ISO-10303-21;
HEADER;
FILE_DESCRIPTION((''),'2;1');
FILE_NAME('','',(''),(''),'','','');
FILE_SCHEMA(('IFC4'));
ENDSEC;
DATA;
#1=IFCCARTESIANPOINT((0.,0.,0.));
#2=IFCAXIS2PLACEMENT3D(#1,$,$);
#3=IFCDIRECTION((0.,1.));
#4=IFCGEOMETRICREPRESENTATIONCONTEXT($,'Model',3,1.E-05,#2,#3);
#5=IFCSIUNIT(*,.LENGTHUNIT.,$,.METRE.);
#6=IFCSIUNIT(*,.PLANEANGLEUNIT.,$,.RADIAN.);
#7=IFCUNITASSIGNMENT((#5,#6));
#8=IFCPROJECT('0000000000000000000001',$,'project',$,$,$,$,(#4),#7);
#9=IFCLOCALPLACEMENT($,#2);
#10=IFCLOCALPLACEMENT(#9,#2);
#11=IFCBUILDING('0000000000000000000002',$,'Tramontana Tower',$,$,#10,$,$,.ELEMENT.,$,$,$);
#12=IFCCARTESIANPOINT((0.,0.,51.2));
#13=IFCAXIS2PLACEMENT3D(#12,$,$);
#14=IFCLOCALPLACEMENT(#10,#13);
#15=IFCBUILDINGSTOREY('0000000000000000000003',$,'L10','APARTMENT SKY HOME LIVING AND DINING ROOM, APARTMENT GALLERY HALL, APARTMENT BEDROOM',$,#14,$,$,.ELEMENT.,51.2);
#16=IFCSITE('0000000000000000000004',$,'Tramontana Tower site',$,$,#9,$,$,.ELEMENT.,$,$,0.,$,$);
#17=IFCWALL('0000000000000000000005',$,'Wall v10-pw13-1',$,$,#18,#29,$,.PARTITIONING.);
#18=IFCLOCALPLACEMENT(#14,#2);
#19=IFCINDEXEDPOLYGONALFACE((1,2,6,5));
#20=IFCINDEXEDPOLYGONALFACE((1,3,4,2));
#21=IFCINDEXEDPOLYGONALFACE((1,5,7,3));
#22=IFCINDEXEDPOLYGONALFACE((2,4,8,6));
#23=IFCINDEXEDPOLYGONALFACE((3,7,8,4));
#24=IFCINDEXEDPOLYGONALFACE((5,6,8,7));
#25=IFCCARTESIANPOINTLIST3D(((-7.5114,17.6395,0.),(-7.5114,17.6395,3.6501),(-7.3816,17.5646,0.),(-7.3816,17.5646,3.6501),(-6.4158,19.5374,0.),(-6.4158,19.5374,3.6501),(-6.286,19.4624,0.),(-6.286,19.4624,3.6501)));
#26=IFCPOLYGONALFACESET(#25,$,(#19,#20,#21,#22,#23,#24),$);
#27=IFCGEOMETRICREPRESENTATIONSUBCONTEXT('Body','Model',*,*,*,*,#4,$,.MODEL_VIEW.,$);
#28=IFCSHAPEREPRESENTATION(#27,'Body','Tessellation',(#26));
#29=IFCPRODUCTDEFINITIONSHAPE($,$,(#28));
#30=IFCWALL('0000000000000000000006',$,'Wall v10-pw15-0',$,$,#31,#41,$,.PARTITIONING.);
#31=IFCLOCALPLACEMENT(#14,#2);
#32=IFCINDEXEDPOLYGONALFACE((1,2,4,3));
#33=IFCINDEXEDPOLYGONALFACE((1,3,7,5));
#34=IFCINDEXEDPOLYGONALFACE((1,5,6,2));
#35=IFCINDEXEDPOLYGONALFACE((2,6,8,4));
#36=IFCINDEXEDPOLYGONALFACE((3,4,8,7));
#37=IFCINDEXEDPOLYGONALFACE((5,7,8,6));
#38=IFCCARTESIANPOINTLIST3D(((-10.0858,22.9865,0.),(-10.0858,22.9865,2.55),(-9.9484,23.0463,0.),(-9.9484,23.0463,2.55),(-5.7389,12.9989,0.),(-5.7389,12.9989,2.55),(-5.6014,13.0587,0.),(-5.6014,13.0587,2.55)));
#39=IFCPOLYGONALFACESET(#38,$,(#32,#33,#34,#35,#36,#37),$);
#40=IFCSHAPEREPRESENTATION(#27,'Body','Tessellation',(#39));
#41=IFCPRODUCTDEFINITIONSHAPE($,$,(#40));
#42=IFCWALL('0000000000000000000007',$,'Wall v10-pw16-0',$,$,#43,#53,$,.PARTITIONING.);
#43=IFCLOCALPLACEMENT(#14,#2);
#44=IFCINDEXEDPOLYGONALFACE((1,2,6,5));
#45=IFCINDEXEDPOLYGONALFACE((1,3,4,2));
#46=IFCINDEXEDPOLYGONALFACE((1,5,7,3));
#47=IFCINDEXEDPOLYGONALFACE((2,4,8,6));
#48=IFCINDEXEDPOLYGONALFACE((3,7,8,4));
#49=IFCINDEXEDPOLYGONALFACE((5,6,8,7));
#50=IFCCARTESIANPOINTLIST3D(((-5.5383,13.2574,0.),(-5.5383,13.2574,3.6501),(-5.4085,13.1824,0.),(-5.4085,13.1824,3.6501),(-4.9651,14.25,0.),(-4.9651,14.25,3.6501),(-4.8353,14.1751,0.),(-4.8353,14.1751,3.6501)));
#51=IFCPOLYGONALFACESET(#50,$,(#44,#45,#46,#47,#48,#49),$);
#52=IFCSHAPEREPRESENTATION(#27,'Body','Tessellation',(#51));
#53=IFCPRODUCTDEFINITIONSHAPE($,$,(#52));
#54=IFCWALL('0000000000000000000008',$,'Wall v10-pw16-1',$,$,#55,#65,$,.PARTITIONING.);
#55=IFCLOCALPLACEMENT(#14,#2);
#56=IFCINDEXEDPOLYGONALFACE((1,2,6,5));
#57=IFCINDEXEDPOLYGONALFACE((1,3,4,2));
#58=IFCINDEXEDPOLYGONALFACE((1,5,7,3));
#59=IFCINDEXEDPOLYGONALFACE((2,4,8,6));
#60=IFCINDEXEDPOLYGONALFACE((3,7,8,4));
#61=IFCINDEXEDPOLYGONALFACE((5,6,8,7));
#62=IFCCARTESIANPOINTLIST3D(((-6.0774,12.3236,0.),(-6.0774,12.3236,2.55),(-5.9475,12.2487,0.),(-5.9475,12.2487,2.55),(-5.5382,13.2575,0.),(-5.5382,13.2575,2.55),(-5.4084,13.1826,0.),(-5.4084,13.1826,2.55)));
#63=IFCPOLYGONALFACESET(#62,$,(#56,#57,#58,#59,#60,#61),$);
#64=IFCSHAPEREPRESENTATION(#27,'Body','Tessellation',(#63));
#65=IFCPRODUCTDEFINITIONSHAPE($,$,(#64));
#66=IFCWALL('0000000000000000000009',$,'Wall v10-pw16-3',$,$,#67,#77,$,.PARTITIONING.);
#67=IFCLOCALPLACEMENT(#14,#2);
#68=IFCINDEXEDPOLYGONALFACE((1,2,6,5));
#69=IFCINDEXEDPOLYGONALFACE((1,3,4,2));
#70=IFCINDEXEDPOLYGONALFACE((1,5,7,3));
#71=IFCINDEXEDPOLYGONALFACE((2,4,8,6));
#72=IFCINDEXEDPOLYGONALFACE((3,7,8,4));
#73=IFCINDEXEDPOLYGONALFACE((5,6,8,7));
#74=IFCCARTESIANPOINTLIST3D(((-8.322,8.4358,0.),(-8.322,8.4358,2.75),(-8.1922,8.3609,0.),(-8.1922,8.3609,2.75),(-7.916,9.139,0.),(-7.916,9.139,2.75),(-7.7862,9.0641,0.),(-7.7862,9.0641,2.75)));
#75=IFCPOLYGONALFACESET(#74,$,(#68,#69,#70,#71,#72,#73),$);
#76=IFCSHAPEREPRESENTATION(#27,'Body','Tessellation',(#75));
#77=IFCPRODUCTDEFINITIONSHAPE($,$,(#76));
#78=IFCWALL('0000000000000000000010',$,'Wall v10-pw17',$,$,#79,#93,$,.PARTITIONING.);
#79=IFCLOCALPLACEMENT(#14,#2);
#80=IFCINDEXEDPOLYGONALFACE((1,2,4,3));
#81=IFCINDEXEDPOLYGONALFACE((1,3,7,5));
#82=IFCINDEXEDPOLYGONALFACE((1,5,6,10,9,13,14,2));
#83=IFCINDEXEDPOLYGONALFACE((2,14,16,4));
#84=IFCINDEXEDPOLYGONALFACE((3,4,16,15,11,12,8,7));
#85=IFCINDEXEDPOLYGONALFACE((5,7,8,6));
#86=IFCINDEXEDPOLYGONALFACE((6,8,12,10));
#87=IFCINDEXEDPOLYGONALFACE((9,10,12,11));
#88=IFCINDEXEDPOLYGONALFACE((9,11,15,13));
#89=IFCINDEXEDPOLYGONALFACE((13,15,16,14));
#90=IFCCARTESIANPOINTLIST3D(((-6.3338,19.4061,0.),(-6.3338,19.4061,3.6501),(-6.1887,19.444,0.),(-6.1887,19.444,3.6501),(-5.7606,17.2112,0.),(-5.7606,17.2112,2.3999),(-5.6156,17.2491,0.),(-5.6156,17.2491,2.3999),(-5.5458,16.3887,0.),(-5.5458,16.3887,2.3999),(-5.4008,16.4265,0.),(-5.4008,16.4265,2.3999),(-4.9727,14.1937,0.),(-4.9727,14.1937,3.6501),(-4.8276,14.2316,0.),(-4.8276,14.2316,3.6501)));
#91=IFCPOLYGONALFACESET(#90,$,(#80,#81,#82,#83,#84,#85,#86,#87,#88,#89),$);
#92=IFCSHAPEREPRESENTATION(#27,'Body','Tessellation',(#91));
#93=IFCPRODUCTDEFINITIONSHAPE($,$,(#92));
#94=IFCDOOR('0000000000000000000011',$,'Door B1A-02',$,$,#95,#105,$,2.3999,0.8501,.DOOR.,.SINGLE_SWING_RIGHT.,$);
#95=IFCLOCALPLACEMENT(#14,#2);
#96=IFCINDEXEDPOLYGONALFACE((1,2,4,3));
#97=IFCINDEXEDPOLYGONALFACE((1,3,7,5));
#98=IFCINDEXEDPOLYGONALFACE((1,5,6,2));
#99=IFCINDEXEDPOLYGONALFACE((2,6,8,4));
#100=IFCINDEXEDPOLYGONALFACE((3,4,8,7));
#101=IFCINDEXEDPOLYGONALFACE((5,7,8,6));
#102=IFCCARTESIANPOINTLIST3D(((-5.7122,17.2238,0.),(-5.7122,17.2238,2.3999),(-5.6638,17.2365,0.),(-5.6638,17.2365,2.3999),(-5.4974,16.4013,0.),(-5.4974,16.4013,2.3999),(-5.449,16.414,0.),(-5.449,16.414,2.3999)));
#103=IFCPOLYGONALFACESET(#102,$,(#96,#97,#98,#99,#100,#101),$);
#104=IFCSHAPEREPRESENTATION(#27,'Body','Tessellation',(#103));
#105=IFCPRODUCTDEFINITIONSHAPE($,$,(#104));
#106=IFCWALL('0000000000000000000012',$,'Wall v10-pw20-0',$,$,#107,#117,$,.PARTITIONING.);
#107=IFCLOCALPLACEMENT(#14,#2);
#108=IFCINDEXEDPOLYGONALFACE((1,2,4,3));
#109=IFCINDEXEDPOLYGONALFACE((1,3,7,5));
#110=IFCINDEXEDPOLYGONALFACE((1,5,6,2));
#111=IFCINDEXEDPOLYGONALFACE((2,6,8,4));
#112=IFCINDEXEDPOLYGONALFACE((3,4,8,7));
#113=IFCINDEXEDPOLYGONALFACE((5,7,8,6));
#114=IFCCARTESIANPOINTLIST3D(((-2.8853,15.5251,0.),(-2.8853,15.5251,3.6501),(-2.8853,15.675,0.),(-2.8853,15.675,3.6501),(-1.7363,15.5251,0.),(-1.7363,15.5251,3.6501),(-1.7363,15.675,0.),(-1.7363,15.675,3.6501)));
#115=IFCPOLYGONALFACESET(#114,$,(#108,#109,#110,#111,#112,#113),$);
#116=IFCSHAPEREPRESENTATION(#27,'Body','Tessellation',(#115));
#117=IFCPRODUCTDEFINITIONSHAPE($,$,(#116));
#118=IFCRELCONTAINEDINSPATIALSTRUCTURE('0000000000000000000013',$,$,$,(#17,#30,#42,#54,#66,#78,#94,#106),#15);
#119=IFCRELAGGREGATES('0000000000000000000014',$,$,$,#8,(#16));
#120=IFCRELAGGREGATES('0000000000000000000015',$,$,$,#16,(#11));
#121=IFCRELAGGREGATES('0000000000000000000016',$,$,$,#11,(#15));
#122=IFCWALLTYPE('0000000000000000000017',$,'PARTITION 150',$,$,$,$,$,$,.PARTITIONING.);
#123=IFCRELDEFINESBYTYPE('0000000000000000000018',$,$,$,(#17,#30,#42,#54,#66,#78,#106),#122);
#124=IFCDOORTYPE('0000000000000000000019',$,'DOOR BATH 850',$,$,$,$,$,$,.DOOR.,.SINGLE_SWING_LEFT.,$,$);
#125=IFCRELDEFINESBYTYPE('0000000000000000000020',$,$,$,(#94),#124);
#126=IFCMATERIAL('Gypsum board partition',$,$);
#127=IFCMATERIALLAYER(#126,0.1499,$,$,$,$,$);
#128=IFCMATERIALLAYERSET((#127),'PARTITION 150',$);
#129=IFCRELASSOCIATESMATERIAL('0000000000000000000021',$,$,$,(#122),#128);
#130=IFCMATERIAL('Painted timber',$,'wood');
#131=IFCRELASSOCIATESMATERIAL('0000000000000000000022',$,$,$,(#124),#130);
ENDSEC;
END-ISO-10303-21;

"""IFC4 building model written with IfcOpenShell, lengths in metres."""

from ifc_helpers import new_model, si_unit, direction, frame, frame_2d, origin, place, context, subcontext, project, spatial, rectangle, extrude, material, layer, layer_set, type_object, element, fill, save


model = new_model("IFC4")

# Units and contexts
model_context = context("Model", 3, precision=1e-05, world=origin(), true_north=direction((0.0, 1.0)))
body_context = subcontext(model_context, "Body", "Model", "MODEL_VIEW")
ifc_project = project(units=[si_unit("LENGTHUNIT", "METRE"), si_unit("PLANEANGLEUNIT", "RADIAN")], contexts=[model_context])

# Site, building, storey
site_placement = place(None, origin())
site = spatial("IfcSite", under=ifc_project, at=site_placement, Name="Tramontana Tower site", CompositionType="ELEMENT", RefElevation=0.0)
building_placement = place(site_placement, origin())
building = spatial("IfcBuilding", under=site, at=building_placement, Name="Tramontana Tower", CompositionType="ELEMENT")
storey_placement = place(building_placement, frame((0.0, 0.0, 51.2)))
storey = spatial("IfcBuildingStorey", under=building, at=storey_placement, Name="L10", Description="APARTMENT SKY HOME LIVING AND DINING ROOM, APARTMENT GALLERY HALL, APARTMENT BEDROOM", CompositionType="ELEMENT", Elevation=51.2)

# Walls
ifc_material_1 = material(Name="Gypsum board partition")
ifc_layer_1 = layer(ifc_material_1, 0.1499)
ifc_layer_set_1 = layer_set([ifc_layer_1], Name="PARTITION 150")
wall_type_1 = type_object("IfcWallType", Name="PARTITION 150", PredefinedType="PARTITIONING", material=ifc_layer_set_1)
wall_1_placement = place(storey_placement, frame((-7.4465, 17.6021, 0.0), z_axis=(0.0, 0.0, 1.0), x_axis=(0.499973, 0.866041, 0.0)))
element("IfcWall", 1, at=wall_1_placement, inside=storey, type_object=wall_type_1, Name="Wall v10-pw13-1", PredefinedType="PARTITIONING", context=body_context, shape_type="SweptSolid", body=[
    extrude(rectangle(XDim=2.1914, YDim=0.1499, at=frame_2d((1.0957, 0.0))), origin(), (0.0, 0.0, 1.0), 3.6501),
])
wall_2_placement = place(storey_placement, frame((-5.6702, 13.0288, 0.0), z_axis=(0.0, 0.0, 1.0), x_axis=(-0.399074, 0.916919, 0.0)))
element("IfcWall", 2, at=wall_2_placement, inside=storey, type_object=wall_type_1, Name="Wall v10-pw15-0", PredefinedType="PARTITIONING", context=body_context, shape_type="SweptSolid", body=[
    extrude(rectangle(XDim=10.8926, YDim=0.1499, at=frame_2d((5.4463, 0.0))), origin(), (0.0, 0.0, 1.0), 2.55),
])
wall_3_placement = place(storey_placement, frame((-4.9001, 14.2126, 0.0), z_axis=(0.0, 0.0, 1.0), x_axis=(-0.500079, -0.86598, 0.0)))
element("IfcWall", 3, at=wall_3_placement, inside=storey, type_object=wall_type_1, Name="Wall v10-pw16-0", PredefinedType="PARTITIONING", context=body_context, shape_type="SweptSolid", body=[
    extrude(rectangle(XDim=1.1462, YDim=0.1499, at=frame_2d((0.5732, 0.0))), origin(), (0.0, 0.0, 1.0), 3.6501),
])
wall_4_placement = place(storey_placement, frame((-5.4734, 13.22, 0.0), z_axis=(0.0, 0.0, 1.0), x_axis=(-0.499938, -0.866061, 0.0)))
element("IfcWall", 4, at=wall_4_placement, inside=storey, type_object=wall_type_1, Name="Wall v10-pw16-1", PredefinedType="PARTITIONING", context=body_context, shape_type="SweptSolid", body=[
    extrude(rectangle(XDim=1.0784, YDim=0.1499, at=frame_2d((0.5391, 0.0))), origin(), (0.0, 0.0, 1.0), 2.55),
])
wall_5_placement = place(storey_placement, frame((-7.8511, 9.1016, 0.0), z_axis=(0.0, 0.0, 1.0), x_axis=(-0.500052, -0.865995, 0.0)))
element("IfcWall", 5, at=wall_5_placement, inside=storey, type_object=wall_type_1, Name="Wall v10-pw16-3", PredefinedType="PARTITIONING", context=body_context, shape_type="SweptSolid", body=[
    extrude(rectangle(XDim=0.812, YDim=0.1499, at=frame_2d((0.406, 0.0))), origin(), (0.0, 0.0, 1.0), 2.75),
])

# Wall, opening, door
wall_6_placement = place(storey_placement, frame((-4.9001, 14.2126, 0.0), z_axis=(0.0, 0.0, 1.0), x_axis=(-0.252652, 0.967557, 0.0)))
wall_6 = element("IfcWall", 6, at=wall_6_placement, inside=storey, type_object=wall_type_1, Name="Wall v10-pw17", PredefinedType="PARTITIONING", context=body_context, shape_type="SweptSolid", body=[
    extrude(rectangle(XDim=5.3872, YDim=0.1499, at=frame_2d((2.6936, 0.0))), origin(), (0.0, 0.0, 1.0), 3.6501),
])
opening_1_placement = place(wall_6_placement, frame((2.2686, 0.0, 0.0)))
opening_1 = element("IfcOpeningElement", 7, at=opening_1_placement, cuts=wall_6, PredefinedType="OPENING", context=body_context, shape_type="SweptSolid", body=[
    extrude(rectangle(XDim=0.8501, YDim=2.3999, at=frame_2d((0.425, 1.2))), frame((0.0, 0.085, 0.0), z_axis=(0.0, -1.0, 0.0), x_axis=(1.0, 0.0, 0.0)), (0.0, 0.0, 1.0), 0.1699),
])
ifc_material_2 = material(Name="Painted timber", Category="wood")
door_type_1 = type_object("IfcDoorType", Name="DOOR BATH 850", OperationType="SINGLE_SWING_LEFT", PredefinedType="DOOR", material=ifc_material_2)
door_1_placement = place(opening_1_placement, origin())
door_1 = element("IfcDoor", 8, at=door_1_placement, inside=storey, type_object=door_type_1, Name="Door B1A-02", OperationType="SINGLE_SWING_RIGHT", OverallHeight=2.3999, OverallWidth=0.8501, PredefinedType="DOOR", context=body_context, shape_type="SweptSolid", body=[
    extrude(rectangle(XDim=0.8501, YDim=2.3999, at=frame_2d((0.425, 1.2))), frame((0.0, 0.0249, 0.0), z_axis=(0.0, -1.0, 0.0), x_axis=(1.0, 0.0, 0.0)), (0.0, 0.0, 1.0), 0.05),
])
fill(opening_1, door_1)

# Wall
wall_7_placement = place(storey_placement, frame((-2.8853, 15.6001, 0.0), z_axis=(0.0, 0.0, 1.0), x_axis=(1.0, 0.0, 0.0)))
element("IfcWall", 9, at=wall_7_placement, inside=storey, type_object=wall_type_1, Name="Wall v10-pw20-0", PredefinedType="PARTITIONING", context=body_context, shape_type="SweptSolid", body=[
    extrude(rectangle(XDim=1.1489, YDim=0.1499, at=frame_2d((0.5745, 0.0))), origin(), (0.0, 0.0, 1.0), 3.6501),
])

save(model, "model.ifc")
